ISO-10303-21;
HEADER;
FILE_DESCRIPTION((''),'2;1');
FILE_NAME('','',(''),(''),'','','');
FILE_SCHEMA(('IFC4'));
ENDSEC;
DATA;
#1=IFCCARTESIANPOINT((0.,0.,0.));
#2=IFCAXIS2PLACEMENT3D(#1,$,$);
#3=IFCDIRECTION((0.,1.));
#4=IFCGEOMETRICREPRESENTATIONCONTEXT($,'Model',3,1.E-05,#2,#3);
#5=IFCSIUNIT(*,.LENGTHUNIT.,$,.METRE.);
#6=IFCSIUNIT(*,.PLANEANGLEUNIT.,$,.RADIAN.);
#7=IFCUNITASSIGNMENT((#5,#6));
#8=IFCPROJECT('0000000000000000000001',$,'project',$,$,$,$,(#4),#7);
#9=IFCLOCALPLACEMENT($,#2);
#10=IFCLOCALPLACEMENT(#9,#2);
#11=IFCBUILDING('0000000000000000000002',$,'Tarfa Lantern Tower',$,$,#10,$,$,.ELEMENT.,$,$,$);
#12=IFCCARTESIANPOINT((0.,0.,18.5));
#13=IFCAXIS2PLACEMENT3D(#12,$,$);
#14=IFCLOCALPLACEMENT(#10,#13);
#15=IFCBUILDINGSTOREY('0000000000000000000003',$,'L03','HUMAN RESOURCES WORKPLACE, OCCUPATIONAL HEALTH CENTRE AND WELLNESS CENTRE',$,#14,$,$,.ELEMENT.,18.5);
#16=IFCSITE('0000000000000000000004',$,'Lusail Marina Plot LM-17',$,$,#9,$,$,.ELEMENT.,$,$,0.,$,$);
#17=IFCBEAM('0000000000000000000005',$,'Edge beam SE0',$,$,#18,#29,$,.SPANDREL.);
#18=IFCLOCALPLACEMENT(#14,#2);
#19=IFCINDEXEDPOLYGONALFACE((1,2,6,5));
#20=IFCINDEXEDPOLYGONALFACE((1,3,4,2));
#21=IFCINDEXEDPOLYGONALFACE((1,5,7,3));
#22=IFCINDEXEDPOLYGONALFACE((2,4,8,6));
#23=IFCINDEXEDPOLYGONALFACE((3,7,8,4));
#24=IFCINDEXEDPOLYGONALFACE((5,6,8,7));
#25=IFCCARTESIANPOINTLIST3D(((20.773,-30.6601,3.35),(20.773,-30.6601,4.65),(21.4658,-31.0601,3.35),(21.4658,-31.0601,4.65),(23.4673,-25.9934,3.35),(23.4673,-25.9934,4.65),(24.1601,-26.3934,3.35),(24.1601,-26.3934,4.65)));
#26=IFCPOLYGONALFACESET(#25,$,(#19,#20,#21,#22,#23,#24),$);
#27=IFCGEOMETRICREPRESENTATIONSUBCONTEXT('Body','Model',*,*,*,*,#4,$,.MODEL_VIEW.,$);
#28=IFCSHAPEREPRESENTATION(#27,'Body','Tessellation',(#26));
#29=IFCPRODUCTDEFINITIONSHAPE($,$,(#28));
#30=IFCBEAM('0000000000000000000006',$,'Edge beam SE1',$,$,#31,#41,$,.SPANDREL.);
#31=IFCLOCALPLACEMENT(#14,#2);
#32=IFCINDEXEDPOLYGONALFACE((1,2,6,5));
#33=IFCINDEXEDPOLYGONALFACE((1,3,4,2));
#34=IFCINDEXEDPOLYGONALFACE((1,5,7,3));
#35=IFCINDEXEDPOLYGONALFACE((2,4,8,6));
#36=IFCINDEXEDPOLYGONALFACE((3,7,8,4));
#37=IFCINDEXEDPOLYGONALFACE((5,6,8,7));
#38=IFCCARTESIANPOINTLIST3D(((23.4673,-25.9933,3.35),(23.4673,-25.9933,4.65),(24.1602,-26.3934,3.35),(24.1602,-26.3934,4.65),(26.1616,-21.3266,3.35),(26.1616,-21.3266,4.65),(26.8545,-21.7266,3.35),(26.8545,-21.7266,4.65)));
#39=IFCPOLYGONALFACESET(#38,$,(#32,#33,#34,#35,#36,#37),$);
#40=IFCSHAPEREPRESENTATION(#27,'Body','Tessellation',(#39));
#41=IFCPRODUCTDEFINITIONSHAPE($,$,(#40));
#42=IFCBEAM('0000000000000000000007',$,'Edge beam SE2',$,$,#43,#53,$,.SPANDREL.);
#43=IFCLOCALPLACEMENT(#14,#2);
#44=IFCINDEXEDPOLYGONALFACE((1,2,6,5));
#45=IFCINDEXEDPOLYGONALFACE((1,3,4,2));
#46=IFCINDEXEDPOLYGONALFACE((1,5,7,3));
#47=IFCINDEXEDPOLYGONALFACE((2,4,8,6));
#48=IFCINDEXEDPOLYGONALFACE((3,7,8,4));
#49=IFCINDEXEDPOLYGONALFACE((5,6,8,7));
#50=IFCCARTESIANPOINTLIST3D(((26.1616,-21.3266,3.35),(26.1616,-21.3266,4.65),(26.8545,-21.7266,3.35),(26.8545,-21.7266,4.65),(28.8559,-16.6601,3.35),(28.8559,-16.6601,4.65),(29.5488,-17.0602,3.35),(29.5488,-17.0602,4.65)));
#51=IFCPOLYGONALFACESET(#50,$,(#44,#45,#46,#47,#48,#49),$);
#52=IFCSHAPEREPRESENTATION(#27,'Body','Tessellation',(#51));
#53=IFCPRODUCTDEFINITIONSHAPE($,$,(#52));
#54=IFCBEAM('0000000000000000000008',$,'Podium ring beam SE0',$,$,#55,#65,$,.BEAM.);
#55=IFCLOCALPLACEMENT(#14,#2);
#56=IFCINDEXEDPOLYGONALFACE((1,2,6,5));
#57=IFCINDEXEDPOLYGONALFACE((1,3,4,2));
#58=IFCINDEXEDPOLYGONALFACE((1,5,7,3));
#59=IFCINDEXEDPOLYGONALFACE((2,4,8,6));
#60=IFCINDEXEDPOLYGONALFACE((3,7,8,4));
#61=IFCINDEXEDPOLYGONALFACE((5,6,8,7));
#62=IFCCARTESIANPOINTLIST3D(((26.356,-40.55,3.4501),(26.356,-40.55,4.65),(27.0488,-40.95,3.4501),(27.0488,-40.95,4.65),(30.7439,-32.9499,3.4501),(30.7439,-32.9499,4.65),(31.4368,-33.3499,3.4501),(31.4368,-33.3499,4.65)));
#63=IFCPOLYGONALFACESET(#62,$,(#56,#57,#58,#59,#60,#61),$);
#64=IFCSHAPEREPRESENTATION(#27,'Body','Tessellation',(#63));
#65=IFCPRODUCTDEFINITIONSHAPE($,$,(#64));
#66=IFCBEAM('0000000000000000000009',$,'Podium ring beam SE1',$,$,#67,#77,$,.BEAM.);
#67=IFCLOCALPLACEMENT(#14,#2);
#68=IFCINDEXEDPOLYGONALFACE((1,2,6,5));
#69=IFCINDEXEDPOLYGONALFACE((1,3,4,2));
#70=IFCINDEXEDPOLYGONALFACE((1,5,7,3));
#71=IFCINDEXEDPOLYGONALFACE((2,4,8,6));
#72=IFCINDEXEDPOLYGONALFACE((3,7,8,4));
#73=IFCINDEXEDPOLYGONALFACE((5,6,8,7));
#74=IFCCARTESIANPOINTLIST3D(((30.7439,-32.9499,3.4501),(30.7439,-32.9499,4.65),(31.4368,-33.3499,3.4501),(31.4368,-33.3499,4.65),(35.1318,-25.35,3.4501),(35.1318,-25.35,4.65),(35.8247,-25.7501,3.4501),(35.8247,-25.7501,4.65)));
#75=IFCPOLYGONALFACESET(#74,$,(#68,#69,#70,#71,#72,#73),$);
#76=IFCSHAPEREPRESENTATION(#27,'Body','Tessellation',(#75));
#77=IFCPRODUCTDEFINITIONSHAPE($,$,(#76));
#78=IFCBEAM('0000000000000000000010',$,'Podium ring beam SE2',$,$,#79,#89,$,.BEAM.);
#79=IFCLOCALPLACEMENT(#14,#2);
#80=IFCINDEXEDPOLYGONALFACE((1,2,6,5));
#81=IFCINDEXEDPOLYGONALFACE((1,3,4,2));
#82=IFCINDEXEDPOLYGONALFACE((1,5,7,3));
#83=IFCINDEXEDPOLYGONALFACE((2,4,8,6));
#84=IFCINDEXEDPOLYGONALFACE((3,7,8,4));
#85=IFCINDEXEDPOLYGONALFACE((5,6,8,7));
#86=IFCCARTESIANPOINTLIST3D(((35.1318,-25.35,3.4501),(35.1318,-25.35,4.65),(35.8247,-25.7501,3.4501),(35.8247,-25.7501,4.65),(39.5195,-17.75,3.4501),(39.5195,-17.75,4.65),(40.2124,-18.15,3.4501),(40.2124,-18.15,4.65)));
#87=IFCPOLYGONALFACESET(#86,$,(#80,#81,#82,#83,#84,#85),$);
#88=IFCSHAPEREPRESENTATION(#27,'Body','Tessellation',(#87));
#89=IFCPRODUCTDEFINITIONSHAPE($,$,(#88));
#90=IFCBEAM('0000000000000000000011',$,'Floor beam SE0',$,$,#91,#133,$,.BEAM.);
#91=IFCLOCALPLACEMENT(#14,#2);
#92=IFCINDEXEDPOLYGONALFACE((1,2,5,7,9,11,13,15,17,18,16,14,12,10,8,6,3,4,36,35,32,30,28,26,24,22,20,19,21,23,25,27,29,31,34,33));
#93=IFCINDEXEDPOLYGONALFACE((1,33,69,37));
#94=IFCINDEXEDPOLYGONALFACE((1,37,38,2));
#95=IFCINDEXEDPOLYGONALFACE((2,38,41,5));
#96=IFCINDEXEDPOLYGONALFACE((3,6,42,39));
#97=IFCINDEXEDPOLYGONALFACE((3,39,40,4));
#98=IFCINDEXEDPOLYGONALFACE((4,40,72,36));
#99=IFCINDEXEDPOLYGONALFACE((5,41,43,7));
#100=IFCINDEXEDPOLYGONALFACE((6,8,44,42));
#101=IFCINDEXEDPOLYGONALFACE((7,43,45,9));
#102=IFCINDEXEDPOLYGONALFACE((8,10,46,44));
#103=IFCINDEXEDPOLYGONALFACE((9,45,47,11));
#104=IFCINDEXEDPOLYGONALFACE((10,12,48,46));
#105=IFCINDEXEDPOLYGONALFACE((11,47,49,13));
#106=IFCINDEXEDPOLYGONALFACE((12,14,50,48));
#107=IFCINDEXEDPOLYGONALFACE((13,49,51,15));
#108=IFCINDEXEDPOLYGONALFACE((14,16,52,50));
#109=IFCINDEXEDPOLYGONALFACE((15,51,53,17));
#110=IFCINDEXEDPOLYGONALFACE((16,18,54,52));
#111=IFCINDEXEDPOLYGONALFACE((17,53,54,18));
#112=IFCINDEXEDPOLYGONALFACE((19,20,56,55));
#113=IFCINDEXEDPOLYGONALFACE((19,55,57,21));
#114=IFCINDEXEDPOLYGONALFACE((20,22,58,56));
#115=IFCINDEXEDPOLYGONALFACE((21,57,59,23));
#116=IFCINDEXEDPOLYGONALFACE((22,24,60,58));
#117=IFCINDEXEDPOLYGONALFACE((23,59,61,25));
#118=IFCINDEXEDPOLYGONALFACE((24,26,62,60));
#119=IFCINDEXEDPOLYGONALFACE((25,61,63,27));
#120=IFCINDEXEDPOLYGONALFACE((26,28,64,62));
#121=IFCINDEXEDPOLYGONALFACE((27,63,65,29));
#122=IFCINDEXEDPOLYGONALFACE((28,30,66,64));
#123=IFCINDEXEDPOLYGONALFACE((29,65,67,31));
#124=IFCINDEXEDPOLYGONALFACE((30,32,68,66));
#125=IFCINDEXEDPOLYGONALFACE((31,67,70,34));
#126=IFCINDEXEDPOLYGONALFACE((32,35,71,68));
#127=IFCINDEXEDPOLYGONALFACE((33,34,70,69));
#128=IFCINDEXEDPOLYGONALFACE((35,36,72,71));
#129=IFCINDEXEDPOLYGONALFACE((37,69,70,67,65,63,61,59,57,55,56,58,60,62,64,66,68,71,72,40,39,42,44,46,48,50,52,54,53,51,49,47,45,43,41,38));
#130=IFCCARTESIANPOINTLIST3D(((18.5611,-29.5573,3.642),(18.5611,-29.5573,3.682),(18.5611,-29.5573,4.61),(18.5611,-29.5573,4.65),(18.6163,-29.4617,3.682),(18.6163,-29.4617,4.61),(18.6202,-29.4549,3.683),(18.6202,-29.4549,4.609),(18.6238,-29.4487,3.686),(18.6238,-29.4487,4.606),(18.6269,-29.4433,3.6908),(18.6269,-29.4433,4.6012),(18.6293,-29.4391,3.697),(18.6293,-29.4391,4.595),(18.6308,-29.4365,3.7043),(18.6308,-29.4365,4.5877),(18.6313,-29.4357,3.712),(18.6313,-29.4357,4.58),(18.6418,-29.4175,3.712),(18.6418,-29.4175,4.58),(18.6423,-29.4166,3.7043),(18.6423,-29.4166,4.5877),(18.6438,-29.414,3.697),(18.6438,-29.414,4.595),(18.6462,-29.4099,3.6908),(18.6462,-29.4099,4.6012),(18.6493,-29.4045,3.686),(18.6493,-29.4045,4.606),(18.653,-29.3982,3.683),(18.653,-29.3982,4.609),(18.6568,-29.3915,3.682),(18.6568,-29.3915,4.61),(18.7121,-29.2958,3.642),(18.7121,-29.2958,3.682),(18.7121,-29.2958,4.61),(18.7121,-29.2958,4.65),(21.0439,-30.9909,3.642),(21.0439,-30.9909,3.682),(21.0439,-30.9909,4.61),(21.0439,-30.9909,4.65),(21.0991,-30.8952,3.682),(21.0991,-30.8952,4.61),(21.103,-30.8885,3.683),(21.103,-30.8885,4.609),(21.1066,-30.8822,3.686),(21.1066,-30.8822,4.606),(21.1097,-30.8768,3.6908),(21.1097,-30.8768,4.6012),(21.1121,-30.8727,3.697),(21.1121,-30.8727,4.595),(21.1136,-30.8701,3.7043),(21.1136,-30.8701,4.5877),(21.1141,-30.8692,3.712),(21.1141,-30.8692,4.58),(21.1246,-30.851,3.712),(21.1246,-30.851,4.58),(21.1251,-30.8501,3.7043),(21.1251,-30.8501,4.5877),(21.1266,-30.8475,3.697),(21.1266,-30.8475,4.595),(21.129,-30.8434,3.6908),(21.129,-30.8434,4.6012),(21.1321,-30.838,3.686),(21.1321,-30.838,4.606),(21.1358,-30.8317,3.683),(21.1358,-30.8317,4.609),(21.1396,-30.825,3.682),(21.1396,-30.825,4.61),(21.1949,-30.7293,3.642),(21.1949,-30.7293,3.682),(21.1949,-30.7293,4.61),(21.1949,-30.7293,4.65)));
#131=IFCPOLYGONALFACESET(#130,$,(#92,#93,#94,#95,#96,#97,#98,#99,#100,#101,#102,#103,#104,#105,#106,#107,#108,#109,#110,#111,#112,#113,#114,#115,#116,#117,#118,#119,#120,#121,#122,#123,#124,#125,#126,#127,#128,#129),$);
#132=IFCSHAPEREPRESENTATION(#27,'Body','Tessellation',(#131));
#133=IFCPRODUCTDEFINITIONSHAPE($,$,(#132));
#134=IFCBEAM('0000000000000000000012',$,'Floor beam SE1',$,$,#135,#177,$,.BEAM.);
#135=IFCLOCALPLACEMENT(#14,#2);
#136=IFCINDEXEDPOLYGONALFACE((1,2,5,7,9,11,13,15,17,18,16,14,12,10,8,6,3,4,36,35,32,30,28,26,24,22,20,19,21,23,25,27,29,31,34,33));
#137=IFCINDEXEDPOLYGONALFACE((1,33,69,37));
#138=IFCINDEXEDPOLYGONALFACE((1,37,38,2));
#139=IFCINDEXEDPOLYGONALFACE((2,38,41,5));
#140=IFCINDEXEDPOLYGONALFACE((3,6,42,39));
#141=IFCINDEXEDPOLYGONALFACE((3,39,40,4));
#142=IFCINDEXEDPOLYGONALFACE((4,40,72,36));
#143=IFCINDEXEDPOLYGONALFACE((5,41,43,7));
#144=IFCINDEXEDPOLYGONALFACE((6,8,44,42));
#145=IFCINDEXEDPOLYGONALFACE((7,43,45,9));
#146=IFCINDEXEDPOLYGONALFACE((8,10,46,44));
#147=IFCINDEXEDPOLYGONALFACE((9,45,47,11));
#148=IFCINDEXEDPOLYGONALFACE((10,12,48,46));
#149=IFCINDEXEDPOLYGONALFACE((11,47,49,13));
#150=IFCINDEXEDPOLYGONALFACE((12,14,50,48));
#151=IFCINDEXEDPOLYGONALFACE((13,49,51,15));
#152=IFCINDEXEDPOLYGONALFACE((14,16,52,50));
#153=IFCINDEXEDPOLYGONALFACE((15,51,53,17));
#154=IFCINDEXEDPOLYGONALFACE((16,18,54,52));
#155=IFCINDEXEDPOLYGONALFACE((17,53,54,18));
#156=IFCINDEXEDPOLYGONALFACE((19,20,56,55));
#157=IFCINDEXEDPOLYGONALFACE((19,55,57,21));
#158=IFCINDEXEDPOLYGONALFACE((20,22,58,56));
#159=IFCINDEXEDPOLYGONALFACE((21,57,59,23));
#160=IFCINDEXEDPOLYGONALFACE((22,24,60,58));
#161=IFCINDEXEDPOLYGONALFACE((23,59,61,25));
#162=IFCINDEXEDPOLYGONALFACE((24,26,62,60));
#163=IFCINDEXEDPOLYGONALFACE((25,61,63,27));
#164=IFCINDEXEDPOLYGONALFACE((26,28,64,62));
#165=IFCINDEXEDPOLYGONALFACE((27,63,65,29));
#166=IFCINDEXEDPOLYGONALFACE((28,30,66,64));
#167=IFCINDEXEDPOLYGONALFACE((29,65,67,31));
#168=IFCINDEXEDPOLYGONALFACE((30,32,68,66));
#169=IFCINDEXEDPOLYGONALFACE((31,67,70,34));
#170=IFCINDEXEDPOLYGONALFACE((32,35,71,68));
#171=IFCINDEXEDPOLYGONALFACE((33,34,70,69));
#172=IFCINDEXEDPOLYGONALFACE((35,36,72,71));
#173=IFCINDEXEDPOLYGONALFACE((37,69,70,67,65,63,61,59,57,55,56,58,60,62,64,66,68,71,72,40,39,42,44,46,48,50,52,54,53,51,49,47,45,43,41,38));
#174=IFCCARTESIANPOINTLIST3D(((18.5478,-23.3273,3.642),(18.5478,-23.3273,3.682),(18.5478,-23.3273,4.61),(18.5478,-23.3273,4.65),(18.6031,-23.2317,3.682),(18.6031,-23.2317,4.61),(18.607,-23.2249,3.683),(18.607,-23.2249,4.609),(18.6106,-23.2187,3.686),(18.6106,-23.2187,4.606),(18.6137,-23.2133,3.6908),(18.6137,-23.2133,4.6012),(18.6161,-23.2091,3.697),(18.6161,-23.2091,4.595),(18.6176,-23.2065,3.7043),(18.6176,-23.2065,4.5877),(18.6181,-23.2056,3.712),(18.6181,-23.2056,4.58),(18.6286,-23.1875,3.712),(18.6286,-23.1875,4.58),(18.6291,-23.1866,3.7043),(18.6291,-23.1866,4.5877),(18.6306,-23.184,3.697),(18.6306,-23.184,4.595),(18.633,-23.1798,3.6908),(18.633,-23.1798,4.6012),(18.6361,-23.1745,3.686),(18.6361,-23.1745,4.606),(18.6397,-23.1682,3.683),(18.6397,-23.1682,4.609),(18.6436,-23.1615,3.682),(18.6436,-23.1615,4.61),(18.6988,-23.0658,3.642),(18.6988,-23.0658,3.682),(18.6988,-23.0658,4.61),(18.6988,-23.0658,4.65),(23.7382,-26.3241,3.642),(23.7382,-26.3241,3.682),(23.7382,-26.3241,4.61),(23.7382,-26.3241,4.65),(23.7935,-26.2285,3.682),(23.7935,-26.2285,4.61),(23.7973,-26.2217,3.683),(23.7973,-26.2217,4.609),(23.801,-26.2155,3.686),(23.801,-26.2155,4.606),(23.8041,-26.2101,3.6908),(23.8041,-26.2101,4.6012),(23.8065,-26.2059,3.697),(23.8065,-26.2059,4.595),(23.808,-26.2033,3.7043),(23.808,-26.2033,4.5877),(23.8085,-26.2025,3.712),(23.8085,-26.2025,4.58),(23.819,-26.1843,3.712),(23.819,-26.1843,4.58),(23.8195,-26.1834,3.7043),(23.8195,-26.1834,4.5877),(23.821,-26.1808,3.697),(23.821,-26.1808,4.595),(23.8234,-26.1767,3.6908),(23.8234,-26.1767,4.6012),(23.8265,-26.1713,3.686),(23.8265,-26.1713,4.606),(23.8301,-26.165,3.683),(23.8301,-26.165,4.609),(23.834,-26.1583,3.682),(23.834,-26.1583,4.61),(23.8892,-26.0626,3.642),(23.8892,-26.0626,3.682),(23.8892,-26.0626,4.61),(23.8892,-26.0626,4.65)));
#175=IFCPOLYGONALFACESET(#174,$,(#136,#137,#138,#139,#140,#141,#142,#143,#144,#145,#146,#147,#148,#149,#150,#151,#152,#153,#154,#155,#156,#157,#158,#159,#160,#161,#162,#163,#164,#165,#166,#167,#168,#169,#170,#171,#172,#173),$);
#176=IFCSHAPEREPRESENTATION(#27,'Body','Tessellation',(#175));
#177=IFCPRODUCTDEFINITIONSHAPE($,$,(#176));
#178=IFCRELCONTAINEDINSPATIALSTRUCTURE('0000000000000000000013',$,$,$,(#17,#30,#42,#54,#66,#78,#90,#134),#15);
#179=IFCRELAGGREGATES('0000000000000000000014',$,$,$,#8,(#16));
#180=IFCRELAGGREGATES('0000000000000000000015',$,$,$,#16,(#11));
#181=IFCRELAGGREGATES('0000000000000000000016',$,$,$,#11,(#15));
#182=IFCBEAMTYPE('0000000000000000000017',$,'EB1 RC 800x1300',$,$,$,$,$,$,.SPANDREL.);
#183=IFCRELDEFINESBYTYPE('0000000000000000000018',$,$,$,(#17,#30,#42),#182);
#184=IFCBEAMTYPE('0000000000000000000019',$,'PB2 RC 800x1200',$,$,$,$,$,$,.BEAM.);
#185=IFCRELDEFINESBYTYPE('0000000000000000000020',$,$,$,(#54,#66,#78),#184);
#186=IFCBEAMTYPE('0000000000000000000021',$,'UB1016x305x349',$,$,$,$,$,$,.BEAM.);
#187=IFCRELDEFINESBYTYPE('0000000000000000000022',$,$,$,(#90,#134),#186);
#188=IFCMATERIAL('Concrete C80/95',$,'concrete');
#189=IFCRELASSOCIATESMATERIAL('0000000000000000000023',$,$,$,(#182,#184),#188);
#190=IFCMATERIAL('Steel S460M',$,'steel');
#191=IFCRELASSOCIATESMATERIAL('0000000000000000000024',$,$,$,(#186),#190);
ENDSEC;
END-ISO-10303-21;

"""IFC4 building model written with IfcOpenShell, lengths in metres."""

from ifc_helpers import new_model, si_unit, direction, frame, origin, origin_2d, place, context, subcontext, project, spatial, rectangle, i_section, extrude, material, material_profile, profile_set, type_object, element, save


model = new_model("IFC4")

# Units and contexts
model_context = context("Model", 3, precision=1e-05, world=origin(), true_north=direction((0.0, 1.0)))
body_context = subcontext(model_context, "Body", "Model", "MODEL_VIEW")
ifc_project = project(units=[si_unit("LENGTHUNIT", "METRE"), si_unit("PLANEANGLEUNIT", "RADIAN")], contexts=[model_context])

# Site, building, storey
site_placement = place(None, origin())
site = spatial("IfcSite", under=ifc_project, at=site_placement, Name="Lusail Marina Plot LM-17", CompositionType="ELEMENT", RefElevation=0.0)
building_placement = place(site_placement, origin())
building = spatial("IfcBuilding", under=site, at=building_placement, Name="Tarfa Lantern Tower", CompositionType="ELEMENT")
storey_placement = place(building_placement, frame((0.0, 0.0, 18.5)))
storey = spatial("IfcBuildingStorey", under=building, at=storey_placement, Name="L03", Description="HUMAN RESOURCES WORKPLACE, OCCUPATIONAL HEALTH CENTRE AND WELLNESS CENTRE", CompositionType="ELEMENT", Elevation=18.5)

# Shared definitions
ifc_material_1 = material(Name="Concrete C80/95", Category="concrete")

# Beams
ifc_material_profile_1 = material_profile(ifc_material_1, rectangle(XDim=0.8, YDim=1.3, at=origin_2d()), Name="RC 800x1300")
ifc_profile_set_1 = profile_set([ifc_material_profile_1], Name="Concrete C80/95")
beam_type_1 = type_object("IfcBeamType", Name="EB1 RC 800x1300", PredefinedType="SPANDREL", material=ifc_profile_set_1)
for number, where, z_axis, x_axis, name in (
    (1, (21.1194, -30.8601, 4.0), (0.499998, 0.866026, 0.0), (-0.866026, 0.499998, 0.0), "Edge beam SE0"),
    (2, (23.8137, -26.1934, 4.0), (0.499998, 0.866026, 0.0), (-0.866026, 0.499998, 0.0), "Edge beam SE1"),
):
    element("IfcBeam", number, at=place(storey_placement, frame(where, z_axis=z_axis, x_axis=x_axis)), inside=storey, type_object=beam_type_1, Name=name, PredefinedType="SPANDREL", context=body_context, shape_type="SweptSolid", body=[
        extrude(rectangle(XDim=0.8, YDim=1.3, at=origin_2d()), origin(), (0.0, 0.0, 1.0), 5.3887),
    ])
beam_1_placement = place(storey_placement, frame((26.5081, -21.5266, 4.0), z_axis=(0.500018, 0.866015, 0.0), x_axis=(-0.866015, 0.500018, 0.0)))
element("IfcBeam", 3, at=beam_1_placement, inside=storey, type_object=beam_type_1, Name="Edge beam SE2", PredefinedType="SPANDREL", context=body_context, shape_type="SweptSolid", body=[
    extrude(rectangle(XDim=0.8, YDim=1.3, at=origin_2d()), origin(), (0.0, 0.0, 1.0), 5.3884),
])
ifc_material_profile_2 = material_profile(ifc_material_1, rectangle(XDim=0.8, YDim=1.2, at=origin_2d()), Name="RC 800x1200")
ifc_profile_set_2 = profile_set([ifc_material_profile_2], Name="Concrete C80/95")
beam_type_2 = type_object("IfcBeamType", Name="PB2 RC 800x1200", PredefinedType="BEAM", material=ifc_profile_set_2)
beam_2_placement = place(storey_placement, frame((26.7024, -40.75, 4.05), z_axis=(0.500002, 0.866024, 0.0), x_axis=(-0.866024, 0.500002, 0.0)))
element("IfcBeam", 4, at=beam_2_placement, inside=storey, type_object=beam_type_2, Name="Podium ring beam SE0", PredefinedType="BEAM", context=body_context, shape_type="SweptSolid", body=[
    extrude(rectangle(XDim=0.8, YDim=1.2, at=origin_2d()), origin(), (0.0, 0.0, 1.0), 8.7759),
])
for number, where, z_axis, x_axis, name in (
    (5, (31.0903, -33.1499, 4.05), (0.500014, 0.866017, 0.0), (-0.866017, 0.500014, 0.0), "Podium ring beam SE1"),
    (6, (35.4783, -25.55, 4.05), (0.499981, 0.866036, 0.0), (-0.866036, 0.499981, 0.0), "Podium ring beam SE2"),
):
    element("IfcBeam", number, at=place(storey_placement, frame(where, z_axis=z_axis, x_axis=x_axis)), inside=storey, type_object=beam_type_2, Name=name, PredefinedType="BEAM", context=body_context, shape_type="SweptSolid", body=[
        extrude(rectangle(XDim=0.8, YDim=1.2, at=origin_2d()), origin(), (0.0, 0.0, 1.0), 8.7756),
    ])
ifc_material_2 = material(Name="Steel S460M", Category="steel")
ifc_material_profile_3 = material_profile(ifc_material_2, i_section(OverallWidth=0.302, OverallDepth=1.0081, WebThickness=0.021, FlangeThickness=0.04, FilletRadius=0.03, at=origin_2d()), Name="UB1016x305x349")
ifc_profile_set_3 = profile_set([ifc_material_profile_3], Name="Steel S460M")
beam_type_3 = type_object("IfcBeamType", Name="UB1016x305x349", PredefinedType="BEAM", material=ifc_profile_set_3)
beam_3_placement = place(storey_placement, frame((21.1194, -30.8601, 4.146), z_axis=(-0.866013, 0.500022, 0.0), x_axis=(-0.500022, -0.866013, 0.0)))
element("IfcBeam", 7, at=beam_3_placement, inside=storey, type_object=beam_type_3, Name="Floor beam SE0", PredefinedType="BEAM", context=body_context, shape_type="SweptSolid", body=[
    extrude(i_section(OverallWidth=0.302, OverallDepth=1.0081, WebThickness=0.021, FlangeThickness=0.04, FilletRadius=0.03, at=origin_2d()), origin(), (0.0, 0.0, 1.0), 2.8669),
])
beam_4_placement = place(storey_placement, frame((23.8137, -26.1934, 4.146), z_axis=(-0.866016, 0.500016, 0.0), x_axis=(-0.500016, -0.866016, 0.0)))
element("IfcBeam", 8, at=beam_4_placement, inside=storey, type_object=beam_type_3, Name="Floor beam SE1", PredefinedType="BEAM", context=body_context, shape_type="SweptSolid", body=[
    extrude(i_section(OverallWidth=0.302, OverallDepth=1.0081, WebThickness=0.021, FlangeThickness=0.04, FilletRadius=0.03, at=origin_2d()), origin(), (0.0, 0.0, 1.0), 5.9934),
])

save(model, "model.ifc")
